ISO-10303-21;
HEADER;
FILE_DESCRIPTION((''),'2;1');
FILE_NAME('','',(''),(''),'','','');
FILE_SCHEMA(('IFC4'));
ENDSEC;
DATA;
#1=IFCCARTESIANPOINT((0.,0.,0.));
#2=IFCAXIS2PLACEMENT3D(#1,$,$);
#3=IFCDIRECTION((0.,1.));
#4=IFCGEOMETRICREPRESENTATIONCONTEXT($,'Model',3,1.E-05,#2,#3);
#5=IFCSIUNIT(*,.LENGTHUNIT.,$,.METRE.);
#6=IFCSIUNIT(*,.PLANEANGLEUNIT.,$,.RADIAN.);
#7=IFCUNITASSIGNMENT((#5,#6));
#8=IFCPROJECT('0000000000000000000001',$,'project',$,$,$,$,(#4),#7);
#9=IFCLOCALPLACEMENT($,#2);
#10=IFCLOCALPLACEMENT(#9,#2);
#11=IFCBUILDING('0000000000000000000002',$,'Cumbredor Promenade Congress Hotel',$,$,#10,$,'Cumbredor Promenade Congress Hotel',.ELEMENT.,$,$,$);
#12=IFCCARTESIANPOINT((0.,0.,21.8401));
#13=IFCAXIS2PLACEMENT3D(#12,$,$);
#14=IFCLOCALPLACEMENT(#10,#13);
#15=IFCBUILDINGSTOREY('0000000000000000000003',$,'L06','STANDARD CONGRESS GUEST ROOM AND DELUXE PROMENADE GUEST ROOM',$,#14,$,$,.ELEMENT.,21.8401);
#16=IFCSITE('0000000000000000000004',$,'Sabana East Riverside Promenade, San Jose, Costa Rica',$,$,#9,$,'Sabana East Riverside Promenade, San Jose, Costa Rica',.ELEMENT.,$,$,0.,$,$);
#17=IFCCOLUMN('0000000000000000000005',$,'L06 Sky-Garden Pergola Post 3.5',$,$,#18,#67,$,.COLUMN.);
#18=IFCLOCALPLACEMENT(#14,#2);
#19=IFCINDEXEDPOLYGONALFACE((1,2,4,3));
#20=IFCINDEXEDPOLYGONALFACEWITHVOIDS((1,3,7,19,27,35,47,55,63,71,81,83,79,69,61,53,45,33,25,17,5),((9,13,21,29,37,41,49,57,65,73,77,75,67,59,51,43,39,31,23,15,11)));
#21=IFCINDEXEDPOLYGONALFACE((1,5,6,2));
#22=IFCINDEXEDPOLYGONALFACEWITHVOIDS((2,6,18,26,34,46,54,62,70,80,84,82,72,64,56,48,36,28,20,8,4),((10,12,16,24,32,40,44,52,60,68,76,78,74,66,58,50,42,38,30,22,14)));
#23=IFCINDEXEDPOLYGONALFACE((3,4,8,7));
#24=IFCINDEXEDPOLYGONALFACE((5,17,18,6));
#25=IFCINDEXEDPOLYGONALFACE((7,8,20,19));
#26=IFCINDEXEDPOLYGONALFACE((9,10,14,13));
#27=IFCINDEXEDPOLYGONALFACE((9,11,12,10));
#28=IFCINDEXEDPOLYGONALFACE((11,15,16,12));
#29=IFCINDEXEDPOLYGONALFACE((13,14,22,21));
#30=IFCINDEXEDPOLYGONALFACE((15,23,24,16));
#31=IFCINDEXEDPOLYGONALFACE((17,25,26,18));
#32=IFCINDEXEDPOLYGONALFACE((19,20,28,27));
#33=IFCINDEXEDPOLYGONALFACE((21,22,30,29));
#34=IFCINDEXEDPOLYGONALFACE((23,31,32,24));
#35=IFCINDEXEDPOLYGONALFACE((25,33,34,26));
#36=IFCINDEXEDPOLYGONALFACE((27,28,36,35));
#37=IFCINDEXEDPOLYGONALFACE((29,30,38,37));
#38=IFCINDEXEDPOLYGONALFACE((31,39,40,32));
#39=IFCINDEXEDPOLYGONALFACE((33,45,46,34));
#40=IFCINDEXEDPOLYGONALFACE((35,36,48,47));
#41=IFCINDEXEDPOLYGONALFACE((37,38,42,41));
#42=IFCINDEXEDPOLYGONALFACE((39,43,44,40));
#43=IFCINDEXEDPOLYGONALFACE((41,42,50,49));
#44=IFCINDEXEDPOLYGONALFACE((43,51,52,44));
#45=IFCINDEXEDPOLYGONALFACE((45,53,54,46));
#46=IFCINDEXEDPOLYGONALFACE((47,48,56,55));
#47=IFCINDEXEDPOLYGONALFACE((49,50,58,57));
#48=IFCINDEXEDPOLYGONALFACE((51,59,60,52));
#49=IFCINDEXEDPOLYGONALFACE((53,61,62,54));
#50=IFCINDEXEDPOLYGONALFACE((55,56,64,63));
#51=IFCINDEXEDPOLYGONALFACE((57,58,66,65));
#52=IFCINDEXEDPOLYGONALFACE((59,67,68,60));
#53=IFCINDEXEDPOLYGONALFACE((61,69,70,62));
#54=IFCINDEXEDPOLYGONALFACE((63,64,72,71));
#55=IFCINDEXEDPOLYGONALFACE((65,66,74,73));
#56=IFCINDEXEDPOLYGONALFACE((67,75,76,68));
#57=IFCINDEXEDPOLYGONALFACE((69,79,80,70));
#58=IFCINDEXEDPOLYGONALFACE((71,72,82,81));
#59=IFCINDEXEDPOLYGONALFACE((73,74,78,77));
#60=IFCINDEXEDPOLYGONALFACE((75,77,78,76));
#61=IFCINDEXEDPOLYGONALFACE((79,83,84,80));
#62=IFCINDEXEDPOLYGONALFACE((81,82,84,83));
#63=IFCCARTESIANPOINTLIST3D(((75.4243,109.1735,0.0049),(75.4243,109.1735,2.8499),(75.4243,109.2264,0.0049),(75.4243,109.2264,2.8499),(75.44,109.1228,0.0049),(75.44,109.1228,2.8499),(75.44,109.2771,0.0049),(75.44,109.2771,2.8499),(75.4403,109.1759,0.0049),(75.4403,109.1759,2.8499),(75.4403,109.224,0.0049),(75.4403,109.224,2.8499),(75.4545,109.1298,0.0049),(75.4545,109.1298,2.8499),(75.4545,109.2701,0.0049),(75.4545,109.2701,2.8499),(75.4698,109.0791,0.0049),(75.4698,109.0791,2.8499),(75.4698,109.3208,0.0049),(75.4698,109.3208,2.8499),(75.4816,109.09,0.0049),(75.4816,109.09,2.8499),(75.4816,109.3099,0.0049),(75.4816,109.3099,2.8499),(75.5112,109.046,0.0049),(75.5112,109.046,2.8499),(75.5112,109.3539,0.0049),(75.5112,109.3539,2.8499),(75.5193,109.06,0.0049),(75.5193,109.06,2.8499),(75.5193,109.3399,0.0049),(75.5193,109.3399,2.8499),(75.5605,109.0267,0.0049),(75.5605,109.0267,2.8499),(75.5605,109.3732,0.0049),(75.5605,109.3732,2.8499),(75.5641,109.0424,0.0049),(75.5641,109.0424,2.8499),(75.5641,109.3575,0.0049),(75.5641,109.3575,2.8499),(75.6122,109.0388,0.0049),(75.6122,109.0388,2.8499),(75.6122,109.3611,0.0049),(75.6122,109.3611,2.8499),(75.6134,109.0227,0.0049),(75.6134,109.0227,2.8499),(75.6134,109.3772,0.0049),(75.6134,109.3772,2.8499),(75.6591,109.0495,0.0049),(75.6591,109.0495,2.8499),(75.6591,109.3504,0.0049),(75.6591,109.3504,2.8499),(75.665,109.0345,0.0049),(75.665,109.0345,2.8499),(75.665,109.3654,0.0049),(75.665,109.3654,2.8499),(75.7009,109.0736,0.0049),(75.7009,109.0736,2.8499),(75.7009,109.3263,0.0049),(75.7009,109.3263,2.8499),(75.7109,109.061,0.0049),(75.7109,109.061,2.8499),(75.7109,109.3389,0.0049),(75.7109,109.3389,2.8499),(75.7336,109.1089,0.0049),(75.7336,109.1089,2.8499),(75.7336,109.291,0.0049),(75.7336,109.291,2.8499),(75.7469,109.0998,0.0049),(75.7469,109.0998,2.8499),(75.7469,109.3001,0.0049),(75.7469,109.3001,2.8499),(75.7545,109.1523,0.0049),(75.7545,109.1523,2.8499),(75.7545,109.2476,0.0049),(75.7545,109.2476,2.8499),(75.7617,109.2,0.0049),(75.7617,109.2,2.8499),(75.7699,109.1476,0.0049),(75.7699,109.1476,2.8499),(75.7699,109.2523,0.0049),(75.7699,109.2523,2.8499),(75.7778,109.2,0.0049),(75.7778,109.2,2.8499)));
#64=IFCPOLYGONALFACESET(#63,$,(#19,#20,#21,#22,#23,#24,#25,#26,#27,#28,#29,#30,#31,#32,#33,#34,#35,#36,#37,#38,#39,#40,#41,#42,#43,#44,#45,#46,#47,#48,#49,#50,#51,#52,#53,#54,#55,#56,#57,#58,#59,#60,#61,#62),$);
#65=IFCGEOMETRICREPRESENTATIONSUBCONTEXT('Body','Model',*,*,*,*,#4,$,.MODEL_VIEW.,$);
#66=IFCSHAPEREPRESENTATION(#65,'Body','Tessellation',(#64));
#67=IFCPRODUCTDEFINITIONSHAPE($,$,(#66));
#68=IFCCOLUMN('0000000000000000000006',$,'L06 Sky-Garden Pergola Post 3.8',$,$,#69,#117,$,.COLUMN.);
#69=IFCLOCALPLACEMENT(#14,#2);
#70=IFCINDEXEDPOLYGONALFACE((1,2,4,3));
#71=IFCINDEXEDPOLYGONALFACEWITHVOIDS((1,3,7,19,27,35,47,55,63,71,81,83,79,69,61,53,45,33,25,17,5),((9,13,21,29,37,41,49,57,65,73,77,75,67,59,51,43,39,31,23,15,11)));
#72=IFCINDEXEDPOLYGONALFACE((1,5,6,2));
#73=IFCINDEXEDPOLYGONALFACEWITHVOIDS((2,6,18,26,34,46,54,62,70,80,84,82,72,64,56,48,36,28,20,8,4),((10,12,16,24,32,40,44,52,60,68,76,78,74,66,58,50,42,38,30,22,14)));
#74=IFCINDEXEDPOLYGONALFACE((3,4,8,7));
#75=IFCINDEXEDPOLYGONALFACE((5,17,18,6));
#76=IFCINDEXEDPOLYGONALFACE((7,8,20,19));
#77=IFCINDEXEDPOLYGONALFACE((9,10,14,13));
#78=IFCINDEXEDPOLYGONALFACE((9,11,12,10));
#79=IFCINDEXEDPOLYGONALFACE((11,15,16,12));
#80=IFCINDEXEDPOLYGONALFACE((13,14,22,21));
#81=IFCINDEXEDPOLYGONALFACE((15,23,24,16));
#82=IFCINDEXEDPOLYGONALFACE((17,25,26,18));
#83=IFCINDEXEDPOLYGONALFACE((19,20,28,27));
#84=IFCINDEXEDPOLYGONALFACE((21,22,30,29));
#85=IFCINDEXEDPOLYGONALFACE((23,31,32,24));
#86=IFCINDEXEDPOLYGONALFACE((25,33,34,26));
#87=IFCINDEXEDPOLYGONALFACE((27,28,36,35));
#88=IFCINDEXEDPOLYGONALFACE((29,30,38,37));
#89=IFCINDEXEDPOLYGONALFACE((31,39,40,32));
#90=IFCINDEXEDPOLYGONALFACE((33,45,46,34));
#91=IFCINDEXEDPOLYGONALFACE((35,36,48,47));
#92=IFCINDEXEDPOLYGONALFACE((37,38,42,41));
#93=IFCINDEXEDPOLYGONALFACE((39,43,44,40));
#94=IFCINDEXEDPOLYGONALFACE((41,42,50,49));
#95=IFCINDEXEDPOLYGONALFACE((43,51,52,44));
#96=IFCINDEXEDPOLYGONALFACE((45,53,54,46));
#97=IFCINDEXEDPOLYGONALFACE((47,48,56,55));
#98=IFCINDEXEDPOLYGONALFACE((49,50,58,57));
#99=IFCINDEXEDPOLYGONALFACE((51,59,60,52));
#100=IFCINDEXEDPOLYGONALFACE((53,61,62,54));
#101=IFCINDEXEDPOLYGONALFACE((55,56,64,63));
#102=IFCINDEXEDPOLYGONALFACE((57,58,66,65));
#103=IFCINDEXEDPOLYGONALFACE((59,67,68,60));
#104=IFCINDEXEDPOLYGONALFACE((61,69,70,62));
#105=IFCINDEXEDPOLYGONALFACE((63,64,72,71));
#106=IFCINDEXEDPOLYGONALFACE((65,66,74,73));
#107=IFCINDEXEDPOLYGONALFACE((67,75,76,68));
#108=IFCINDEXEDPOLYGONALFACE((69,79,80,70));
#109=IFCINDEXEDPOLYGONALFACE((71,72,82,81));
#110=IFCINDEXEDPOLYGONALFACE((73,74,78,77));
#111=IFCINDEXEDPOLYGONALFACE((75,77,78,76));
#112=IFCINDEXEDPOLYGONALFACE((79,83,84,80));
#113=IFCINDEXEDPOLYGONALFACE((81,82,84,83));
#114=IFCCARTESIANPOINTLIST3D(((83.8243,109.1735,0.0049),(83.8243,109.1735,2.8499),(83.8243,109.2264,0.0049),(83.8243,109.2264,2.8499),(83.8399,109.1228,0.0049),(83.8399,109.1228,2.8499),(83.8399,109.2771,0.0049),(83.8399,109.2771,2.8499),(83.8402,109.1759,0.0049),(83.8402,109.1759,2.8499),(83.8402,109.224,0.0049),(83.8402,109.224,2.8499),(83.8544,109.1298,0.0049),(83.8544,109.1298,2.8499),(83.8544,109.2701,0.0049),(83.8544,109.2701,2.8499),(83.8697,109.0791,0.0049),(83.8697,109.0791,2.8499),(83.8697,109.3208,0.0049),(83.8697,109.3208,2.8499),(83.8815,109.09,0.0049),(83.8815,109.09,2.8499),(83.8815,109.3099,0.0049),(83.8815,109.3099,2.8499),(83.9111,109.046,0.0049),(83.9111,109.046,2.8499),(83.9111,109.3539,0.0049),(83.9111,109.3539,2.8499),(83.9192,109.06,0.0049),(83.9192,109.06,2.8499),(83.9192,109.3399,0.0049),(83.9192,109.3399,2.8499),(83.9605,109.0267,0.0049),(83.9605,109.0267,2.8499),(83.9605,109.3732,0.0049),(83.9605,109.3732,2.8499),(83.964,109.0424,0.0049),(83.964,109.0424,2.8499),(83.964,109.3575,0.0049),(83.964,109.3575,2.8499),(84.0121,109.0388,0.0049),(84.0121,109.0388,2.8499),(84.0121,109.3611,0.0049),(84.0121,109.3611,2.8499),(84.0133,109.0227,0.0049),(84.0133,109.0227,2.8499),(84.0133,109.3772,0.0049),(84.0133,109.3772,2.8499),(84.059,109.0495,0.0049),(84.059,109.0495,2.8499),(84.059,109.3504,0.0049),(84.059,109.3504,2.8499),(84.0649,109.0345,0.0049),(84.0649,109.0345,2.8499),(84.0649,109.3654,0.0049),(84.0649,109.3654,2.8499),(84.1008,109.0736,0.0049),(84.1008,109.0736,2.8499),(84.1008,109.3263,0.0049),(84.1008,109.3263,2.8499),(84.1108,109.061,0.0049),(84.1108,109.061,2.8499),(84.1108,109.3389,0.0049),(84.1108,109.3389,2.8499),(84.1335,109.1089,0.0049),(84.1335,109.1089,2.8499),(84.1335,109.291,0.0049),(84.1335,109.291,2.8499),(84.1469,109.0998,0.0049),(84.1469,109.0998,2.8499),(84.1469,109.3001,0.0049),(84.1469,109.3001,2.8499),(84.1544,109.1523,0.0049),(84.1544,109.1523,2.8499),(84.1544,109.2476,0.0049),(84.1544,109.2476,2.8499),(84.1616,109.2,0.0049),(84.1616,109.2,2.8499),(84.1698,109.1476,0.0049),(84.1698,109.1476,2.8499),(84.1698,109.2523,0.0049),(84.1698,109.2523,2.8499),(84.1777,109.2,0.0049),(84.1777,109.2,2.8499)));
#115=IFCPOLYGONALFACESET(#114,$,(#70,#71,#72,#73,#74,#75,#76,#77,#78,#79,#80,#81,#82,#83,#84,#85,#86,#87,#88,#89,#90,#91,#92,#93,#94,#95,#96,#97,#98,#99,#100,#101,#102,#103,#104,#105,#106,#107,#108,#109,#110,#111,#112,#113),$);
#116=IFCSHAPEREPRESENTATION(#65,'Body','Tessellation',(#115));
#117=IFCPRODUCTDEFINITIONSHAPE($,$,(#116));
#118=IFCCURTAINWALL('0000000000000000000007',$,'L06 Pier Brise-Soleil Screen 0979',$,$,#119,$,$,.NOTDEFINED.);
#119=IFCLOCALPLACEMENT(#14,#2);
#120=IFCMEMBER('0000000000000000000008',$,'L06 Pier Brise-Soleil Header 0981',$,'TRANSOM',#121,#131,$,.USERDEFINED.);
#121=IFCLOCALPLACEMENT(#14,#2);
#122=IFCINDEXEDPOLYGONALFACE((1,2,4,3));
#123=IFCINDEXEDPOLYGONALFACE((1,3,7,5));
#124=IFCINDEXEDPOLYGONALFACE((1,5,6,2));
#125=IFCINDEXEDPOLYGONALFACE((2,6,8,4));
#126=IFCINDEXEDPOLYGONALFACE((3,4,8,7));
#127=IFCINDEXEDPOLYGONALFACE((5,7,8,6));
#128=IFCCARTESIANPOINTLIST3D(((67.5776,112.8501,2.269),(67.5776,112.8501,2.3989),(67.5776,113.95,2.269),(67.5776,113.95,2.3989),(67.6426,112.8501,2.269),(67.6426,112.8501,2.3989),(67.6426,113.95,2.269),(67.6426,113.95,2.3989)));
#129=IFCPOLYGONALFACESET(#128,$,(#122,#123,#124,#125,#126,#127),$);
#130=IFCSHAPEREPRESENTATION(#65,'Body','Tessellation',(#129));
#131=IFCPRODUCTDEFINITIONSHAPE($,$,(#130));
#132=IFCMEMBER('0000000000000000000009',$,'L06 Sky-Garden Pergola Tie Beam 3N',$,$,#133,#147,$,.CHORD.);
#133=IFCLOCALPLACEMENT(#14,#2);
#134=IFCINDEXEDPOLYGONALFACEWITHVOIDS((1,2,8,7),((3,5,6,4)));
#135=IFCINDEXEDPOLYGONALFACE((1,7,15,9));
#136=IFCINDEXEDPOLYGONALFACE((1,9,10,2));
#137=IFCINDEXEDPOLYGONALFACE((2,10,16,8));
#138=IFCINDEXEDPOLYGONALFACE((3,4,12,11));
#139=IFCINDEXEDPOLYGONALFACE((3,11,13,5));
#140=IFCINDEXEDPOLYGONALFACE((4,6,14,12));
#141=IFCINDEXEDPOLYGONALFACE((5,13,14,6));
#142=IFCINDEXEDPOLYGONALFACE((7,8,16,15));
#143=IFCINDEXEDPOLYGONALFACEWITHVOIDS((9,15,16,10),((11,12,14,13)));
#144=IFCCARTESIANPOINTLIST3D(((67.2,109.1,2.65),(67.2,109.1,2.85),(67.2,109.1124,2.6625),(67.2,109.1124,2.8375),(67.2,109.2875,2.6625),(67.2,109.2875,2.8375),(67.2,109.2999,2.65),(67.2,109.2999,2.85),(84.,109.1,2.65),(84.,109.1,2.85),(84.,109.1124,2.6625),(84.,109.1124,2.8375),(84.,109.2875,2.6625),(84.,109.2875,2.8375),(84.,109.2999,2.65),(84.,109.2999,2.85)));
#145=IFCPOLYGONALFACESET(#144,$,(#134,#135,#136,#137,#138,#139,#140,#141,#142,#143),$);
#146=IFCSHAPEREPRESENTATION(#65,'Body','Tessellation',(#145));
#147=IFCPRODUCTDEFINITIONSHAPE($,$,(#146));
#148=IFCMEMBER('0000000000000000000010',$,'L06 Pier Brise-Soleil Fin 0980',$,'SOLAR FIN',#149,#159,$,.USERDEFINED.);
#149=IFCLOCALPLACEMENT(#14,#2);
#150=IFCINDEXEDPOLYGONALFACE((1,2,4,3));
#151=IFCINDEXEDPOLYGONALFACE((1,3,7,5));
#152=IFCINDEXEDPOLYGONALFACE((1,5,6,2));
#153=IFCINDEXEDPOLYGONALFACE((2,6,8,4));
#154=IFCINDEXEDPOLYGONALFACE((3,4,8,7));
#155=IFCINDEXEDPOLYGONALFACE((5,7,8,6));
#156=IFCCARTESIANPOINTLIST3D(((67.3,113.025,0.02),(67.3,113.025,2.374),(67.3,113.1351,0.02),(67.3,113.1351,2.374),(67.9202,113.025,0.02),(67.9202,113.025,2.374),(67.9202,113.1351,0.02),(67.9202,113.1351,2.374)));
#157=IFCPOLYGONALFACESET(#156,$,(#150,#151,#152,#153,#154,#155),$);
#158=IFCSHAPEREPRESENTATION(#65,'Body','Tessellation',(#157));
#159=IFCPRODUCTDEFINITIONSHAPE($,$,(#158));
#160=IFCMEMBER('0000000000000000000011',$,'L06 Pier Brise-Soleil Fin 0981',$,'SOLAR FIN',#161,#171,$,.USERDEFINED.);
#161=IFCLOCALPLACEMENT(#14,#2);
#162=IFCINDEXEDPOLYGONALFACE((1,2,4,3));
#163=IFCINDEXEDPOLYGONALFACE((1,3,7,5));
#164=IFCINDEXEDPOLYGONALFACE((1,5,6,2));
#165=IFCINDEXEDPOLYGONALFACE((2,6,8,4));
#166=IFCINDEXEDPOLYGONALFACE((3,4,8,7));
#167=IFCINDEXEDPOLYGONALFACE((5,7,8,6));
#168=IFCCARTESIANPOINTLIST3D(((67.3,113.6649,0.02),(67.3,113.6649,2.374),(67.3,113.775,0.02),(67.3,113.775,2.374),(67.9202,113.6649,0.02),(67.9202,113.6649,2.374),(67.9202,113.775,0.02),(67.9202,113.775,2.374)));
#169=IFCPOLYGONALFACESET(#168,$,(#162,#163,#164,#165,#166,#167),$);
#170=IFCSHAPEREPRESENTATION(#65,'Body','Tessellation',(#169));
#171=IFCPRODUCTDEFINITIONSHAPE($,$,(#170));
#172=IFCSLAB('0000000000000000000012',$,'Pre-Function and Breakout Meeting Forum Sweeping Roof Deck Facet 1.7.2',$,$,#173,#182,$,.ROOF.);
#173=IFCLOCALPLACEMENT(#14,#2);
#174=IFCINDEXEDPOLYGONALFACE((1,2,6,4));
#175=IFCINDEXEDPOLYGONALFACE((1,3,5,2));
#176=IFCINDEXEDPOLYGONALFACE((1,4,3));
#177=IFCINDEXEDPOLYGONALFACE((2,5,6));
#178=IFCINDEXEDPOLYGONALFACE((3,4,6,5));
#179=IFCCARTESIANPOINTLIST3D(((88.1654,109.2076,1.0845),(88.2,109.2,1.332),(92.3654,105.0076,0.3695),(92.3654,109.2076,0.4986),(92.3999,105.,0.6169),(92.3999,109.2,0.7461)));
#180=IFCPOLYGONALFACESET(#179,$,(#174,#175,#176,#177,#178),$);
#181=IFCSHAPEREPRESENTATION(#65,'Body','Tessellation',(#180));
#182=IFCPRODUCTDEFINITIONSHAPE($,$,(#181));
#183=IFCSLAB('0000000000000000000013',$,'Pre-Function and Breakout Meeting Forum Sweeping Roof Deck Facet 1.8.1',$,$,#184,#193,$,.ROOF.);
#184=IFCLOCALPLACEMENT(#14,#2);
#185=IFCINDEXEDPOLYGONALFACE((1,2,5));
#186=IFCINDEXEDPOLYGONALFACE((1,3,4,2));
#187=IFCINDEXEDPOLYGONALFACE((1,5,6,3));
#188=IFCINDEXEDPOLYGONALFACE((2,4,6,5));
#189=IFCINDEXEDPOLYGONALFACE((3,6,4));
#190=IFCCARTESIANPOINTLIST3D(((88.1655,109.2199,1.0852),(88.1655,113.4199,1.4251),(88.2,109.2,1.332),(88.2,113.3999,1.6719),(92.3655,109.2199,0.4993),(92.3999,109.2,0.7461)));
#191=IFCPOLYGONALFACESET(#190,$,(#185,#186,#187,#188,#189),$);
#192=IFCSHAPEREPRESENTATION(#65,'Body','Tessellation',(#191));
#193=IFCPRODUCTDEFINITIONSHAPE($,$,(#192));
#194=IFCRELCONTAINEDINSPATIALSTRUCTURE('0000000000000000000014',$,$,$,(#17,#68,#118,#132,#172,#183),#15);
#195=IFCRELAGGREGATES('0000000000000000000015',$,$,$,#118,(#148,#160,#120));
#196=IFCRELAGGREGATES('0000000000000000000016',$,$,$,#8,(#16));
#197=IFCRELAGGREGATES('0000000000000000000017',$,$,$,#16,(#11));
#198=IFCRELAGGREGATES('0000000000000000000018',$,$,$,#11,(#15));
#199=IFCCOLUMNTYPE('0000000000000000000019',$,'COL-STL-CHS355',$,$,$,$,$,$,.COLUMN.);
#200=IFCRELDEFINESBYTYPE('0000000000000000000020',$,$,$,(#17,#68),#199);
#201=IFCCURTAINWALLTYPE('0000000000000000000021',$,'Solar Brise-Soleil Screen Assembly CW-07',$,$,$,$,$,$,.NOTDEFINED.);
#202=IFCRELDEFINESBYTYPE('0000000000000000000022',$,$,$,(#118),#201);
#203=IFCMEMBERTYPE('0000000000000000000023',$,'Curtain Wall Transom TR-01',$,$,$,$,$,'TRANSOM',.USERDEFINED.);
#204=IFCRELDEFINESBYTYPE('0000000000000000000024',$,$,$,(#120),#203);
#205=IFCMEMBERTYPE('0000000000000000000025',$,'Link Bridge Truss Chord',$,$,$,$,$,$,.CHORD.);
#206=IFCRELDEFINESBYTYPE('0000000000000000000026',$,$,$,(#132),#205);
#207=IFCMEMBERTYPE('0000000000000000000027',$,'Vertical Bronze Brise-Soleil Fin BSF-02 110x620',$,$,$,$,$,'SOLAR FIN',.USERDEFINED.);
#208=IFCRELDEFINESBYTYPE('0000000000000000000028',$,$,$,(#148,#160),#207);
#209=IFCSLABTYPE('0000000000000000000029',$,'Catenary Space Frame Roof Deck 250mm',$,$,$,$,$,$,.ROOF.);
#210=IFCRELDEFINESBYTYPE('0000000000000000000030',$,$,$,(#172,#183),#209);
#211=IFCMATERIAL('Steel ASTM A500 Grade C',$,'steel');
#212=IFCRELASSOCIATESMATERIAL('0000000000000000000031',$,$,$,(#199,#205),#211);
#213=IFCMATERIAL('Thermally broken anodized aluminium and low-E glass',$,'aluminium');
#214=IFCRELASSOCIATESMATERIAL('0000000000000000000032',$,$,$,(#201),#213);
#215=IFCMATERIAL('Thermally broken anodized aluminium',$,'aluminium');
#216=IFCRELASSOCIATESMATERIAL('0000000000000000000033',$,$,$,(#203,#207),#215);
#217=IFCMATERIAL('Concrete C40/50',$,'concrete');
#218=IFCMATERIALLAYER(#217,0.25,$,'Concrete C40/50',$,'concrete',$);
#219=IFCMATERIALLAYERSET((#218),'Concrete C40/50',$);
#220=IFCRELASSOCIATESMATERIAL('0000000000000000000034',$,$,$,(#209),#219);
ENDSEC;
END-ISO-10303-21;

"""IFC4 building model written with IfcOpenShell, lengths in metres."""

from ifc_helpers import new_model, si_unit, direction, frame, origin, origin_2d, place, context, subcontext, project, spatial, polyline, rectangle, hollow_rectangle, hollow_circle, outline, extrude, material, layer, layer_set, material_profile, profile_set, type_object, element, aggregate, save


model = new_model("IFC4")

# Units and contexts
model_context = context("Model", 3, precision=1e-05, world=origin(), true_north=direction((0.0, 1.0)))
body_context = subcontext(model_context, "Body", "Model", "MODEL_VIEW")
ifc_project = project(units=[si_unit("LENGTHUNIT", "METRE"), si_unit("PLANEANGLEUNIT", "RADIAN")], contexts=[model_context])

# Site, building, storey
site_placement = place(None, origin())
site = spatial("IfcSite", under=ifc_project, at=site_placement, Name="Sabana East Riverside Promenade, San Jose, Costa Rica", LongName="Sabana East Riverside Promenade, San Jose, Costa Rica", CompositionType="ELEMENT", RefElevation=0.0)
building_placement = place(site_placement, origin())
building = spatial("IfcBuilding", under=site, at=building_placement, Name="Cumbredor Promenade Congress Hotel", LongName="Cumbredor Promenade Congress Hotel", CompositionType="ELEMENT")
storey_placement = place(building_placement, frame((0.0, 0.0, 21.8401)))
storey = spatial("IfcBuildingStorey", under=building, at=storey_placement, Name="L06", Description="STANDARD CONGRESS GUEST ROOM AND DELUXE PROMENADE GUEST ROOM", CompositionType="ELEMENT", Elevation=21.8401)

# Columns
ifc_material_1 = material(Name="Steel ASTM A500 Grade C", Category="steel")
ifc_material_profile_1 = material_profile(ifc_material_1, hollow_circle(Radius=0.1777, WallThickness=0.0161, at=origin_2d()), Name="CHS 355.6x16")
ifc_profile_set_1 = profile_set([ifc_material_profile_1], Name="Steel ASTM A500 Grade C")
column_type = type_object("IfcColumnType", Name="COL-STL-CHS355", PredefinedType="COLUMN", material=ifc_profile_set_1)
for number, where, z_axis, x_axis, name in (
    (1, (75.6001, 109.2, 0.0049), (0.0, 0.0, 1.0), (1.0, 0.0, 0.0), "L06 Sky-Garden Pergola Post 3.5"),
    (2, (84.0, 109.2, 0.0049), (0.0, 0.0, 1.0), (1.0, 0.0, 0.0), "L06 Sky-Garden Pergola Post 3.8"),
):
    element("IfcColumn", number, at=place(storey_placement, frame(where, z_axis=z_axis, x_axis=x_axis)), inside=storey, type_object=column_type, Name=name, PredefinedType="COLUMN", context=body_context, shape_type="SweptSolid", body=[
        extrude(hollow_circle(Radius=0.1777, WallThickness=0.0161, at=origin_2d()), origin(), (0.0, 0.0, 1.0), 2.845),
    ])

# Curtain wall, member
ifc_material_2 = material(Name="Thermally broken anodized aluminium and low-E glass", Category="aluminium")
curtain_wall_type = type_object("IfcCurtainWallType", Name="Solar Brise-Soleil Screen Assembly CW-07", PredefinedType="NOTDEFINED", material=ifc_material_2)
curtain_wall_placement = place(storey_placement, origin())
curtain_wall = element("IfcCurtainWall", 3, at=curtain_wall_placement, inside=storey, type_object=curtain_wall_type, Name="L06 Pier Brise-Soleil Screen 0979", PredefinedType="NOTDEFINED")
ifc_material_3 = material(Name="Thermally broken anodized aluminium", Category="aluminium")
ifc_material_profile_2 = material_profile(ifc_material_3, rectangle(XDim=0.0649, YDim=0.1299, at=origin_2d()), Name="ALU TRANSOM 65x130")
ifc_profile_set_2 = profile_set([ifc_material_profile_2], Name="Thermally broken anodized aluminium")
member_type_1 = type_object("IfcMemberType", Name="Curtain Wall Transom TR-01", ElementType="TRANSOM", PredefinedType="USERDEFINED", material=ifc_profile_set_2)
member_1_placement = place(storey_placement, frame((67.6101, 112.8501, 2.334), z_axis=(0.0, 1.0, 0.0), x_axis=(-1.0, 0.0, 0.0)))
member_1 = element("IfcMember", 4, at=member_1_placement, type_object=member_type_1, Name="L06 Pier Brise-Soleil Header 0981", ObjectType="TRANSOM", PredefinedType="USERDEFINED", context=body_context, shape_type="SweptSolid", body=[
    extrude(rectangle(XDim=0.0649, YDim=0.1299, at=origin_2d()), origin(), (0.0, 0.0, 1.0), 1.0999),
])

# Members
ifc_material_profile_3 = material_profile(ifc_material_1, hollow_rectangle(XDim=0.2, YDim=0.2, WallThickness=0.0125, at=origin_2d()), Name="HSS 200x200x12.5")
ifc_profile_set_3 = profile_set([ifc_material_profile_3], Name="Steel ASTM A500 Grade C")
member_type_2 = type_object("IfcMemberType", Name="Link Bridge Truss Chord", PredefinedType="CHORD", material=ifc_profile_set_3)
member_2_placement = place(storey_placement, frame((67.2, 109.2, 2.75), z_axis=(1.0, 0.0, 0.0), x_axis=(0.0, 1.0, 0.0)))
element("IfcMember", 5, at=member_2_placement, inside=storey, type_object=member_type_2, Name="L06 Sky-Garden Pergola Tie Beam 3N", PredefinedType="CHORD", context=body_context, shape_type="SweptSolid", body=[
    extrude(hollow_rectangle(XDim=0.2, YDim=0.2, WallThickness=0.0125, at=origin_2d()), origin(), (0.0, 0.0, 1.0), 16.8),
])
ifc_material_profile_4 = material_profile(ifc_material_3, rectangle(XDim=0.1101, YDim=0.6201, at=origin_2d()), Name="ARCH FIN 110x620")
ifc_profile_set_4 = profile_set([ifc_material_profile_4], Name="Thermally broken anodized aluminium")
member_type_3 = type_object("IfcMemberType", Name="Vertical Bronze Brise-Soleil Fin BSF-02 110x620", ElementType="SOLAR FIN", PredefinedType="USERDEFINED", material=ifc_profile_set_4)
member_3_placement = place(storey_placement, frame((67.6101, 113.0801, 0.02), z_axis=(0.0, 0.0, 1.0), x_axis=(0.0, 1.0, 0.0)))
member_3 = element("IfcMember", 6, at=member_3_placement, type_object=member_type_3, Name="L06 Pier Brise-Soleil Fin 0980", ObjectType="SOLAR FIN", PredefinedType="USERDEFINED", context=body_context, shape_type="SweptSolid", body=[
    extrude(rectangle(XDim=0.1101, YDim=0.6201, at=origin_2d()), origin(), (0.0, 0.0, 1.0), 2.354),
])
member_4_placement = place(storey_placement, frame((67.6101, 113.72, 0.02), z_axis=(0.0, 0.0, 1.0), x_axis=(0.0, 1.0, 0.0)))
member_4 = element("IfcMember", 7, at=member_4_placement, type_object=member_type_3, Name="L06 Pier Brise-Soleil Fin 0981", ObjectType="SOLAR FIN", PredefinedType="USERDEFINED", context=body_context, shape_type="SweptSolid", body=[
    extrude(rectangle(XDim=0.1101, YDim=0.6201, at=origin_2d()), origin(), (0.0, 0.0, 1.0), 2.354),
])
aggregate(curtain_wall, [member_3, member_4, member_1])

# Slabs
ifc_material_4 = material(Name="Concrete C40/50", Category="concrete")
ifc_layer_1 = layer(ifc_material_4, 0.25, Name="Concrete C40/50", Category="concrete")
ifc_layer_set_1 = layer_set([ifc_layer_1], Name="Concrete C40/50")
slab_type = type_object("IfcSlabType", Name="Catenary Space Frame Roof Deck 250mm", PredefinedType="ROOF", material=ifc_layer_set_1)
slab_1_placement = place(storey_placement, frame((92.3999, 105.0, 0.6169), z_axis=(0.138108, -0.030441, 0.989949), x_axis=(0.0, 0.999528, 0.030736)))
element("IfcSlab", 8, at=slab_1_placement, inside=storey, type_object=slab_type, Name="Pre-Function and Breakout Meeting Forum Sweeping Roof Deck Facet 1.7.2", PredefinedType="ROOF", context=body_context, shape_type="SweptSolid", body=[
    extrude(outline(polyline([(0.0, 0.0), (4.2019, 0.0), (4.2199, 4.2406), (0.0, 0.0)])), origin(), (0.0, 0.0, -1.0), 0.25),
])
slab_2_placement = place(storey_placement, frame((88.2, 109.2, 1.332), z_axis=(0.137731, -0.079884, 0.987243), x_axis=(0.990408, 0.0, -0.138172)))
element("IfcSlab", 9, at=slab_2_placement, inside=storey, type_object=slab_type, Name="Pre-Function and Breakout Meeting Forum Sweeping Roof Deck Facet 1.8.1", PredefinedType="ROOF", context=body_context, shape_type="SweptSolid", body=[
    extrude(outline(polyline([(0.0, 0.0), (4.2406, 0.0), (-0.047, 4.2134), (0.0, 0.0)])), origin(), (0.0, 0.0, -1.0), 0.25),
])

save(model, "model.ifc")
